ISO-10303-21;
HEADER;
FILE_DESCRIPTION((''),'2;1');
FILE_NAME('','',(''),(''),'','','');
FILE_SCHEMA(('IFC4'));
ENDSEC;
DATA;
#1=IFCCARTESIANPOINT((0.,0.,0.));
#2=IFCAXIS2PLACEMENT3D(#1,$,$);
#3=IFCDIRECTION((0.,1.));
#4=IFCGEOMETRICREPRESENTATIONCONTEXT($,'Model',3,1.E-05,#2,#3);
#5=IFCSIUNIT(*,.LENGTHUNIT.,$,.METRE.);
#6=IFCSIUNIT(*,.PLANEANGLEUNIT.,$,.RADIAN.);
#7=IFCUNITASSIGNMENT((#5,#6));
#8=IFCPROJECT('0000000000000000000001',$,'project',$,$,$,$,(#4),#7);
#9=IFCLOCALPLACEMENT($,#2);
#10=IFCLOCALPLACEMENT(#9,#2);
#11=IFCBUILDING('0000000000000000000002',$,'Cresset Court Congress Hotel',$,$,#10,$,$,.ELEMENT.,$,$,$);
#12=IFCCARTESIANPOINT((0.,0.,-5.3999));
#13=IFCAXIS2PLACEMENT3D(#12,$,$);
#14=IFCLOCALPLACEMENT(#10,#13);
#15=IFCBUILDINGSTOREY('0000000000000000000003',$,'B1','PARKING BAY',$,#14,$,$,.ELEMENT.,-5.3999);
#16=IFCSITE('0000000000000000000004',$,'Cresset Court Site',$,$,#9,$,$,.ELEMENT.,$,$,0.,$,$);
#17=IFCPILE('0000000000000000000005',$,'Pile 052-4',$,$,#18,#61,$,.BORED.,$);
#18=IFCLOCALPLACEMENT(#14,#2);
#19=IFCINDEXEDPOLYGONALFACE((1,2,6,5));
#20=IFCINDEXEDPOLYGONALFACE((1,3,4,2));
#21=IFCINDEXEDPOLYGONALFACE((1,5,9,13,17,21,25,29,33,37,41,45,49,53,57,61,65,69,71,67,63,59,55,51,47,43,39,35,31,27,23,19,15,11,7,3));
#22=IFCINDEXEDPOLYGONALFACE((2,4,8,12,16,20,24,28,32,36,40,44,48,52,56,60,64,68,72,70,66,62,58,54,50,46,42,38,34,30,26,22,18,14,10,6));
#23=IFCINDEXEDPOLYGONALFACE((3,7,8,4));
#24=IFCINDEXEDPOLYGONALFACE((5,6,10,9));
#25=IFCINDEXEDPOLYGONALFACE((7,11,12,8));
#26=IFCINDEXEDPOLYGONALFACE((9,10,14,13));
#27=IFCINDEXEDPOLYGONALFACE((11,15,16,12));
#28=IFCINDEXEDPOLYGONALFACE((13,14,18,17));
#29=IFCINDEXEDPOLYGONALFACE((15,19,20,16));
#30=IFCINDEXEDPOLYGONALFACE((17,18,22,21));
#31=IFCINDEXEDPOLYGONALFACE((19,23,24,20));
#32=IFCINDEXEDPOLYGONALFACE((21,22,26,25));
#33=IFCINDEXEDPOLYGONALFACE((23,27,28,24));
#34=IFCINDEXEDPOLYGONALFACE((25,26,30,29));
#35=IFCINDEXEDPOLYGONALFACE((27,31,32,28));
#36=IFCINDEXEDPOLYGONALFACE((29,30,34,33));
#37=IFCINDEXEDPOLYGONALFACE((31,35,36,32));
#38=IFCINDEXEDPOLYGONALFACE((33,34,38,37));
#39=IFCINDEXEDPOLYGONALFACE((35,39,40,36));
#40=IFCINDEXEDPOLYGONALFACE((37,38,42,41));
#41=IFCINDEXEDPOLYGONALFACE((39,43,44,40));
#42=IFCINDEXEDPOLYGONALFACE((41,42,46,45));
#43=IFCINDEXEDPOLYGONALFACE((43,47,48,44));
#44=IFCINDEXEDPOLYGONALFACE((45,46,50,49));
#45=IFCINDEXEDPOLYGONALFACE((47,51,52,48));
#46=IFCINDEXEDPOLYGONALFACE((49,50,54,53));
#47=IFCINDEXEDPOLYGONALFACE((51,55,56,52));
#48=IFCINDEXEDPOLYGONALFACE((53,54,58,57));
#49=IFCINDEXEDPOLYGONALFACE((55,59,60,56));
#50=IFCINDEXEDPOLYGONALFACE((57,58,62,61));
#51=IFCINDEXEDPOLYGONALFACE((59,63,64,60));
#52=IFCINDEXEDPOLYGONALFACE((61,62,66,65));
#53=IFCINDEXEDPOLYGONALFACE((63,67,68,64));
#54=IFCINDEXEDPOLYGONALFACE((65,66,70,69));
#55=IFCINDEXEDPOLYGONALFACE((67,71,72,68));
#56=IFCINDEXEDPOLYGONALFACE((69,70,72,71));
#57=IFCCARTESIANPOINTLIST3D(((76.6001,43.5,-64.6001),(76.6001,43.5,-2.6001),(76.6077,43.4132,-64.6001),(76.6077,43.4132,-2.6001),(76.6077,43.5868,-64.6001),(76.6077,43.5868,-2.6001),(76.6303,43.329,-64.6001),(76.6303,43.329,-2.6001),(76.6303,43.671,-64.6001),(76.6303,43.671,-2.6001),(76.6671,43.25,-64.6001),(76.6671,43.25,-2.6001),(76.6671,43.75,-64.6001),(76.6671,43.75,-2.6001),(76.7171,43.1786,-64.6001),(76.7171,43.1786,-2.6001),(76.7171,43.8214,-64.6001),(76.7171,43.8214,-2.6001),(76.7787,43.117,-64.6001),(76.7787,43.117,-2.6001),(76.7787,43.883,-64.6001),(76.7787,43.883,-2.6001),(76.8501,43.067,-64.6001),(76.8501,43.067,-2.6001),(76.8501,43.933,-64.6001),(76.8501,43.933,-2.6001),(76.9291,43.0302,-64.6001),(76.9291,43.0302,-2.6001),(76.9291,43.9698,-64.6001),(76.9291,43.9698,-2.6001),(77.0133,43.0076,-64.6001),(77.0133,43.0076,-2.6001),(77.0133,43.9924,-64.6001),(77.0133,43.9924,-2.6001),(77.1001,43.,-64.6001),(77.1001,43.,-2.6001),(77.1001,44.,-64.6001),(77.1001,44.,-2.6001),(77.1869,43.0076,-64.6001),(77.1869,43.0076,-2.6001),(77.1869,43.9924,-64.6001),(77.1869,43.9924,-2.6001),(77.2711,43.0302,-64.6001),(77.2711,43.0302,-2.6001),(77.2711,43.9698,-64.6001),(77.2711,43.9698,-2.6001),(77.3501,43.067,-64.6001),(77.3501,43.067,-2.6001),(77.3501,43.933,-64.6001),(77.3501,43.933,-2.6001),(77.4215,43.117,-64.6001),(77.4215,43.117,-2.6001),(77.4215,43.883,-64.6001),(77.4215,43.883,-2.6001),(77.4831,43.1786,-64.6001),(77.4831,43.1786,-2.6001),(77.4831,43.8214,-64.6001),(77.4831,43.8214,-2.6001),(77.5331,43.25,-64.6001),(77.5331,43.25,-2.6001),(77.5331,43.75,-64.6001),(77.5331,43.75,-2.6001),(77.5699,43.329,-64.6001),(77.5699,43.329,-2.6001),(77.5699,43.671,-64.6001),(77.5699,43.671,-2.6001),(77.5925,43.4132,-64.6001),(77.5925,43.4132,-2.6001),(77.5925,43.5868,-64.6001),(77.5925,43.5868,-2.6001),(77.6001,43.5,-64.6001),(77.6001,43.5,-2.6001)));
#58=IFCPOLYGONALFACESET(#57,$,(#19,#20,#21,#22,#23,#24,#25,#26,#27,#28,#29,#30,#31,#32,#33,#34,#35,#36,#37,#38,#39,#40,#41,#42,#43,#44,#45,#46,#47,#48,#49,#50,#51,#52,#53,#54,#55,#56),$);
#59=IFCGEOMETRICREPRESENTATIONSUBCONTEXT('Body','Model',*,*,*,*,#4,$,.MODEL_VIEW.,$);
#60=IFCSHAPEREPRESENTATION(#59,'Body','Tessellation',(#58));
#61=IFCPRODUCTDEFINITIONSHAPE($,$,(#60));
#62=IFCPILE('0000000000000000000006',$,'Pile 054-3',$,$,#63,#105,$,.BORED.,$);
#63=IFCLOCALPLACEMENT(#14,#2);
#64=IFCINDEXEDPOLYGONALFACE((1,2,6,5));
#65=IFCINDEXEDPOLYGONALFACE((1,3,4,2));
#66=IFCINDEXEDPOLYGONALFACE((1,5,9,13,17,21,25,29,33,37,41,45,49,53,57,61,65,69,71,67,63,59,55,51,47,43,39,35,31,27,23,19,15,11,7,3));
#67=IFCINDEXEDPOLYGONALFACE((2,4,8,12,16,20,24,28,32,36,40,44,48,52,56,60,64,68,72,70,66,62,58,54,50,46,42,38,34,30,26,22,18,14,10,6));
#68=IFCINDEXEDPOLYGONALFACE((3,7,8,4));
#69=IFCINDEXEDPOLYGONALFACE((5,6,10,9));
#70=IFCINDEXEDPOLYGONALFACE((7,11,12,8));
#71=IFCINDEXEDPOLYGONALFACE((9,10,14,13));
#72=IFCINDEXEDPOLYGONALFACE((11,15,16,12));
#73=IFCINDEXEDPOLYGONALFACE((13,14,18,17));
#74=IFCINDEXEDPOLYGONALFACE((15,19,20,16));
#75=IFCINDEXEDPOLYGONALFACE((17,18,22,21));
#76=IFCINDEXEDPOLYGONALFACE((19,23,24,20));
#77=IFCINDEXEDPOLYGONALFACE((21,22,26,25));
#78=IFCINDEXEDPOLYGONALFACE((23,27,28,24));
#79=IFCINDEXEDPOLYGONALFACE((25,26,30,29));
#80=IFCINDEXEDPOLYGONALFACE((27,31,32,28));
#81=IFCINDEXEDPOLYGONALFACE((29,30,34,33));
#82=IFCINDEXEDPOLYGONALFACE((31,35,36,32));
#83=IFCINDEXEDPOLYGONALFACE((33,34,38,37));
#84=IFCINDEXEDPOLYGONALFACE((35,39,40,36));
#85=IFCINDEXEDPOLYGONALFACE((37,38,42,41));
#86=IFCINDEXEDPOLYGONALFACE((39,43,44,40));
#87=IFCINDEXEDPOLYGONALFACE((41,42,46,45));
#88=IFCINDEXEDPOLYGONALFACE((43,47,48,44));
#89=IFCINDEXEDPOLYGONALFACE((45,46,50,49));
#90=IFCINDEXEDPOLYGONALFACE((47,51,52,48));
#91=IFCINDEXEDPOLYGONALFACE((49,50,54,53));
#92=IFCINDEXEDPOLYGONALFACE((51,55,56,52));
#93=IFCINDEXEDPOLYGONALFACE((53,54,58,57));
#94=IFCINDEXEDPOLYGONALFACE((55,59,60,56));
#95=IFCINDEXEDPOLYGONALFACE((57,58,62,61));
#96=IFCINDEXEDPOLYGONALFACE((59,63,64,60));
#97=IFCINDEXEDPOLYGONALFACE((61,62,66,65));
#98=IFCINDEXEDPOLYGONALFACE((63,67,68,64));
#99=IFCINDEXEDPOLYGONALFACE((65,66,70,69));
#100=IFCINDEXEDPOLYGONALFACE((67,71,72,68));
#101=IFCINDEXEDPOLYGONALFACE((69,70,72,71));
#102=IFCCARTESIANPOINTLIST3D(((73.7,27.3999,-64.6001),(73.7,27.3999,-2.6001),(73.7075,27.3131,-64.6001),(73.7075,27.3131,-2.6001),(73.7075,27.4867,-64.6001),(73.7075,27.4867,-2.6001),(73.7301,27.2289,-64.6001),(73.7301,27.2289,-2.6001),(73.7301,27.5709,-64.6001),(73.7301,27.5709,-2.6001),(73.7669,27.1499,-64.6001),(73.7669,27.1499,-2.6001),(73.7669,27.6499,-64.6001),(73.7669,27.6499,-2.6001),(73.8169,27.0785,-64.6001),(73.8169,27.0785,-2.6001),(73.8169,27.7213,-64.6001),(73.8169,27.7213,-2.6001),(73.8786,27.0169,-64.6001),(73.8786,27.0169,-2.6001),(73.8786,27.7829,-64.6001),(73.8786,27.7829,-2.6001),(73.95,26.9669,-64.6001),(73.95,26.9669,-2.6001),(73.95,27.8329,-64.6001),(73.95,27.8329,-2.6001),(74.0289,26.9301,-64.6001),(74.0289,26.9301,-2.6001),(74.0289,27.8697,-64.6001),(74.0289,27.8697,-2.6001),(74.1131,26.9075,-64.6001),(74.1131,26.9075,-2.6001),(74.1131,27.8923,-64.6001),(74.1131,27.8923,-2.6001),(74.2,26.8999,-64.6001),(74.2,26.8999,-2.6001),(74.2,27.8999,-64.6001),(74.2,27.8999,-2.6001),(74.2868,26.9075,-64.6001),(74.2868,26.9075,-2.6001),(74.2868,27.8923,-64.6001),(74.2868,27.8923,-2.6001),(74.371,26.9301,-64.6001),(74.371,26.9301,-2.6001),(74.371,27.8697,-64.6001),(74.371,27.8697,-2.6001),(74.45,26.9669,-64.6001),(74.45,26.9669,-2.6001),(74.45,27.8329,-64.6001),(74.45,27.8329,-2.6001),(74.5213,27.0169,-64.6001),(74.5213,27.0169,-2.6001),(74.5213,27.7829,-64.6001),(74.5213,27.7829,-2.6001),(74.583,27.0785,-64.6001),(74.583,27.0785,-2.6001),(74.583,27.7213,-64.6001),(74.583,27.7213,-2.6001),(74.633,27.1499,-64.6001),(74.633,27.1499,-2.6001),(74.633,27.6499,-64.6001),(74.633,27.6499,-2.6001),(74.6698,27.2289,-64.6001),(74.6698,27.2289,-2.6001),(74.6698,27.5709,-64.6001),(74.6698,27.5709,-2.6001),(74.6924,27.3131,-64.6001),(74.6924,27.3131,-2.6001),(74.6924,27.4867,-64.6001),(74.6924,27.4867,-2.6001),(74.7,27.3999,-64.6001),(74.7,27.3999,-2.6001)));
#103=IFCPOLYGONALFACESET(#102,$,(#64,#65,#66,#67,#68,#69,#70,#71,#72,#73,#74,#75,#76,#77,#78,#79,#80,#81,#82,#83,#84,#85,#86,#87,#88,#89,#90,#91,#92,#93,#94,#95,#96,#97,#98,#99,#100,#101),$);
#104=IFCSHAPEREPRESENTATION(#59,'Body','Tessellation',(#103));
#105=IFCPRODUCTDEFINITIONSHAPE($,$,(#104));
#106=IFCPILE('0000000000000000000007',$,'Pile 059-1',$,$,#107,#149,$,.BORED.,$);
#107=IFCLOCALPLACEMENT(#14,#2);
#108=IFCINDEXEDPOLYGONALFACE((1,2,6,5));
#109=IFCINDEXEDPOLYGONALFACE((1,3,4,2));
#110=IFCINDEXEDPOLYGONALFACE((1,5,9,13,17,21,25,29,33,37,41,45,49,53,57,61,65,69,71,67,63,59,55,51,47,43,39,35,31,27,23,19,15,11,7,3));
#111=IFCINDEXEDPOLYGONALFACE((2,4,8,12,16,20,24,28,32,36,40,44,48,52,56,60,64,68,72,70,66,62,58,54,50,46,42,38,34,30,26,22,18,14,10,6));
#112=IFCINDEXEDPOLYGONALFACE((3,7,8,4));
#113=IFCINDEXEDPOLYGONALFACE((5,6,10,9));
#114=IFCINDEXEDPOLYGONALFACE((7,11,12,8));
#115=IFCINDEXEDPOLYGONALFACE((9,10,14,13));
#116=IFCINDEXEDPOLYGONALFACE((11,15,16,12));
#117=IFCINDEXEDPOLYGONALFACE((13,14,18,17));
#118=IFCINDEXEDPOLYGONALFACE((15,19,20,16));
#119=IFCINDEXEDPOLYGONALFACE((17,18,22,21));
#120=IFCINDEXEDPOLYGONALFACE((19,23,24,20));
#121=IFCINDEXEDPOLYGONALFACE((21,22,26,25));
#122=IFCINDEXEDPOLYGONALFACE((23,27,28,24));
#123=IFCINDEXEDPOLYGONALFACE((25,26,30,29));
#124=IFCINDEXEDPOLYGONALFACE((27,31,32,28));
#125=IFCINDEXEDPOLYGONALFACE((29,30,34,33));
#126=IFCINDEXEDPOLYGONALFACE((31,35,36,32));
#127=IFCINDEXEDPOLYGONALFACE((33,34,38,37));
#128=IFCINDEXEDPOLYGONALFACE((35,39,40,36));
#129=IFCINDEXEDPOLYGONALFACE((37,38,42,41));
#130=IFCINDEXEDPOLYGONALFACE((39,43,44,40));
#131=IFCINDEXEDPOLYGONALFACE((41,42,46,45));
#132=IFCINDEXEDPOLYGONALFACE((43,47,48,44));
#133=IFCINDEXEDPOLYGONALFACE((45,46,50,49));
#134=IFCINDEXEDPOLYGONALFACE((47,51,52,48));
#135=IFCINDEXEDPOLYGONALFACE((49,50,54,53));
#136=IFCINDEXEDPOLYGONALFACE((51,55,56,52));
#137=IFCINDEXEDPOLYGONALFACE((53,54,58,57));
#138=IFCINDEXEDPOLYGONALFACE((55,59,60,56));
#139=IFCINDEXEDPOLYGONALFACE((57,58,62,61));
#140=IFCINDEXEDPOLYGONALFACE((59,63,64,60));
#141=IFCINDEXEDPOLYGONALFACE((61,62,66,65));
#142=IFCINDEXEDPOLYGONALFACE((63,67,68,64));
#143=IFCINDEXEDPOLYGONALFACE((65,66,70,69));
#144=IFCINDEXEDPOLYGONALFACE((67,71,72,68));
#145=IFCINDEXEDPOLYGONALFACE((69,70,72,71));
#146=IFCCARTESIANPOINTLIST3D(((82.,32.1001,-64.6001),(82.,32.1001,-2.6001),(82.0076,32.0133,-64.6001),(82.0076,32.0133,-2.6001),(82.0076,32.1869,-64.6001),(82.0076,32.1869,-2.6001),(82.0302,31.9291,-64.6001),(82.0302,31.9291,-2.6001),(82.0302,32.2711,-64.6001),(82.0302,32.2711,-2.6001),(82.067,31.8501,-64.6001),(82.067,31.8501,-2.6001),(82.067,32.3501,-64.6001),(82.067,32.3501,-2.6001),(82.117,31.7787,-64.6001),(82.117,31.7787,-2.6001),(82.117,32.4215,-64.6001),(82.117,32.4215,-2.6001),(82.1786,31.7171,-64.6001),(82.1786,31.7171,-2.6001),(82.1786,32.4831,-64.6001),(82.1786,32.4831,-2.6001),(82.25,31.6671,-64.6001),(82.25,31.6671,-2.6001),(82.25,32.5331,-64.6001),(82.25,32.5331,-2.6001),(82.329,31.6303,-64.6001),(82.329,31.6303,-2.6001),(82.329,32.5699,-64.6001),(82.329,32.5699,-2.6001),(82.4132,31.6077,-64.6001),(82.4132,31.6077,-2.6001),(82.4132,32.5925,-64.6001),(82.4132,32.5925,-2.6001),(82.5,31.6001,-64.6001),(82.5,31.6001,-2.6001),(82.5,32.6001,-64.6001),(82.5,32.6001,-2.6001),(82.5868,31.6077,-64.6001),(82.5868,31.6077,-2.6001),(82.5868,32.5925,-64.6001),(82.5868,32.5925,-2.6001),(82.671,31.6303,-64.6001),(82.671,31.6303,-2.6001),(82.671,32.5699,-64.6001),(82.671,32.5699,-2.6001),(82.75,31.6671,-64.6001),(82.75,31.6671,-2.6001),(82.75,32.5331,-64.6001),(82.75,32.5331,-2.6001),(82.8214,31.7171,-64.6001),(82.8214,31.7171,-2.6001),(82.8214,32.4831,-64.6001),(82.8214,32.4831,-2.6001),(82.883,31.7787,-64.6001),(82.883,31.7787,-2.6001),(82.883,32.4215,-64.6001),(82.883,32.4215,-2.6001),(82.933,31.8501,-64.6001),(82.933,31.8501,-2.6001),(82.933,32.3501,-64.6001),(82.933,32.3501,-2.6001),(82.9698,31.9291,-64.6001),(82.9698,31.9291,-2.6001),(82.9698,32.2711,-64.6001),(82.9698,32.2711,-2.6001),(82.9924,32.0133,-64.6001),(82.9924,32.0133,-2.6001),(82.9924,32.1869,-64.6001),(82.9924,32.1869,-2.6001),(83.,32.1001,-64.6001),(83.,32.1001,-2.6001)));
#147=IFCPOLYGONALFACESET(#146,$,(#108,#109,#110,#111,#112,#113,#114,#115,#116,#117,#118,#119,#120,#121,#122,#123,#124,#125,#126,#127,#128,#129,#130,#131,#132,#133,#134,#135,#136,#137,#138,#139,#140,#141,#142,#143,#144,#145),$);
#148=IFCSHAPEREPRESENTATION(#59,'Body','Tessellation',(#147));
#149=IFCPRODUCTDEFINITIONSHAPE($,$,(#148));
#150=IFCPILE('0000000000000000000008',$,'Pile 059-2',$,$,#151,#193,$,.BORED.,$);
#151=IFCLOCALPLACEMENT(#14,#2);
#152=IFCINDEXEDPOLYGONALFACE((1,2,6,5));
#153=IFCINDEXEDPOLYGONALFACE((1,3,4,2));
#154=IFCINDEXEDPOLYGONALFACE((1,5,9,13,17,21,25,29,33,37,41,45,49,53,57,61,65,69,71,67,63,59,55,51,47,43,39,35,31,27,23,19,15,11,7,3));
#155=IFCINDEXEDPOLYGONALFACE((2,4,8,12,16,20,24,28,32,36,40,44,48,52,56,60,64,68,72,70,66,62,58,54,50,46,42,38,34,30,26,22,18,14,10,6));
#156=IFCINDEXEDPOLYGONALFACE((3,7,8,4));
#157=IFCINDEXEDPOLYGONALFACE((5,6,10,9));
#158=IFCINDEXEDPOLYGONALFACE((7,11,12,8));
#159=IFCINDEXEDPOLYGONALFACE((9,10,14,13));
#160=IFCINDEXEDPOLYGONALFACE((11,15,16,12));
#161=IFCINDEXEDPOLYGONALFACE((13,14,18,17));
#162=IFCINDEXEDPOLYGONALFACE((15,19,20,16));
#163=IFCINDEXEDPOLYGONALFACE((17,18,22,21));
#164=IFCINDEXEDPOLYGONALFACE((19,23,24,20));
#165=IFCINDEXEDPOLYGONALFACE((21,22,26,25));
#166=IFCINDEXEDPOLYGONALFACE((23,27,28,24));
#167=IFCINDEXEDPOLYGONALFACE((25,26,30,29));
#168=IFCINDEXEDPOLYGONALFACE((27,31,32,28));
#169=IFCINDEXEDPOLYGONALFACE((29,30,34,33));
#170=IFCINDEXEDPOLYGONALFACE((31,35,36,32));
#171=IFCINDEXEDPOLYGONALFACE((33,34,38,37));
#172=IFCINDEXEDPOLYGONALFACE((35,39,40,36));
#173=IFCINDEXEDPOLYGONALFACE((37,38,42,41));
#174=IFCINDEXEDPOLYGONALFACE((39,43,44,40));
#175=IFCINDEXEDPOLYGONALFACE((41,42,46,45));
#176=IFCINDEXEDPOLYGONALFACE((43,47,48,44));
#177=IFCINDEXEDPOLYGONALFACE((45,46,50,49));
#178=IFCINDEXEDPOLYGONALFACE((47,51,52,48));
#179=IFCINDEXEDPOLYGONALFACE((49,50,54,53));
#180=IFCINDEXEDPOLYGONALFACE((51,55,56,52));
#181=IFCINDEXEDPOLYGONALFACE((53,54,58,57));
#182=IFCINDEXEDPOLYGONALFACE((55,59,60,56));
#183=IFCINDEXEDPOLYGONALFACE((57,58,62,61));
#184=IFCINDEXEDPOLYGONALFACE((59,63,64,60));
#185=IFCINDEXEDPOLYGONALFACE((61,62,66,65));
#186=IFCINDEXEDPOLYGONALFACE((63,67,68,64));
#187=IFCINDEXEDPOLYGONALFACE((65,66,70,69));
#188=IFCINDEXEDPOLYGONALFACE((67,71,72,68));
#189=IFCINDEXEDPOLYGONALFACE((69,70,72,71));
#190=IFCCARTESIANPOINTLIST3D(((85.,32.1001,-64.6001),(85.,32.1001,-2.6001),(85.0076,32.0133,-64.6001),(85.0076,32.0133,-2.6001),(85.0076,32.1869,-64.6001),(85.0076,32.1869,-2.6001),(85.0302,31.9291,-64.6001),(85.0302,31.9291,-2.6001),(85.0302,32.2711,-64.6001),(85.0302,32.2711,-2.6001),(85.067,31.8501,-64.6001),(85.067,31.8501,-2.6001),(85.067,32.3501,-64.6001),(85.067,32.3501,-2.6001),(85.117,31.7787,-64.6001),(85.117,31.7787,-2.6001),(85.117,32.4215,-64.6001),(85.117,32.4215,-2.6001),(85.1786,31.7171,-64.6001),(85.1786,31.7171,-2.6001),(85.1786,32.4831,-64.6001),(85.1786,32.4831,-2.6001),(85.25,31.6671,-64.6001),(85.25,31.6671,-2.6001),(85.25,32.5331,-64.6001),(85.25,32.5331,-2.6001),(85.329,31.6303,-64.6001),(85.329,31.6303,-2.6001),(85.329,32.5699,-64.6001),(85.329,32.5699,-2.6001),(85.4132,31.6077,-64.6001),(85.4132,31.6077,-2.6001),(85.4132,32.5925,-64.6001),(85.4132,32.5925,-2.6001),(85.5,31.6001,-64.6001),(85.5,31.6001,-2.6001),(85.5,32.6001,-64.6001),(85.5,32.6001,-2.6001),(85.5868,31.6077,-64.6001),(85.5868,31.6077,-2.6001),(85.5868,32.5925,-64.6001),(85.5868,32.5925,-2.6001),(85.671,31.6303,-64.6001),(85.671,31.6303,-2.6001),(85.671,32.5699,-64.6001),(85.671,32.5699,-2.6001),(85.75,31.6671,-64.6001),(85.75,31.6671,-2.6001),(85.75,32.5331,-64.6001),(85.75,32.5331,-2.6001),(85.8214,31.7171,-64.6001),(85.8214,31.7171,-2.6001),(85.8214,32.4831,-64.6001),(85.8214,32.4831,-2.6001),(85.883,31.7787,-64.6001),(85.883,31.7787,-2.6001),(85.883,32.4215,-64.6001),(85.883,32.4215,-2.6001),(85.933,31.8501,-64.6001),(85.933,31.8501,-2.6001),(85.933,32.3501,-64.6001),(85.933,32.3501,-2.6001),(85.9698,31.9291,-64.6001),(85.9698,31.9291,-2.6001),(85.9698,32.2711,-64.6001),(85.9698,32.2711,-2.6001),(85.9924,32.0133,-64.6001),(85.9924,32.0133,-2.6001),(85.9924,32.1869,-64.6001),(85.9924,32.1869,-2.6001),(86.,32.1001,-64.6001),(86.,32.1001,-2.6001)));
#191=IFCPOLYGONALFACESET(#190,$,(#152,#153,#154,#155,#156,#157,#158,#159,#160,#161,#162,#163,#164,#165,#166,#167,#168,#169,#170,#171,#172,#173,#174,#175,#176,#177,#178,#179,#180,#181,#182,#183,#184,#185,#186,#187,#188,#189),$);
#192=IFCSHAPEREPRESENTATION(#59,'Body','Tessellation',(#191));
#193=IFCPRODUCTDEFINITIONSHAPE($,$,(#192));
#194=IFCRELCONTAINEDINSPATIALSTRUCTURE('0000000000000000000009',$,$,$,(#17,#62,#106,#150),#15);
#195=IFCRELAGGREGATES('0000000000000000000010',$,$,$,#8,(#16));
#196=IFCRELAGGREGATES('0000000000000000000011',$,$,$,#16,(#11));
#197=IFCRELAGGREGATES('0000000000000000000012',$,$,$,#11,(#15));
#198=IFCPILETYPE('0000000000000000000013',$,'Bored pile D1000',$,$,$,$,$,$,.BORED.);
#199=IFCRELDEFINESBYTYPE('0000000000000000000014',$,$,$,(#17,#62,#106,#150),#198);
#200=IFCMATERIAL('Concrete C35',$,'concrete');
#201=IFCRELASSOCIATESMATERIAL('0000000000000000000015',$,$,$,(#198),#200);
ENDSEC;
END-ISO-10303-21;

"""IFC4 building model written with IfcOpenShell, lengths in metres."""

from ifc_helpers import new_model, si_unit, direction, frame, origin, origin_2d, place, context, subcontext, project, spatial, circle, extrude, material, type_object, element, save


model = new_model("IFC4")

# Units and contexts
model_context = context("Model", 3, precision=1e-05, world=origin(), true_north=direction((0.0, 1.0)))
body_context = subcontext(model_context, "Body", "Model", "MODEL_VIEW")
ifc_project = project(units=[si_unit("LENGTHUNIT", "METRE"), si_unit("PLANEANGLEUNIT", "RADIAN")], contexts=[model_context])

# Site, building, storey
site_placement = place(None, origin())
site = spatial("IfcSite", under=ifc_project, at=site_placement, Name="Cresset Court Site", CompositionType="ELEMENT", RefElevation=0.0)
building_placement = place(site_placement, origin())
building = spatial("IfcBuilding", under=site, at=building_placement, Name="Cresset Court Congress Hotel", CompositionType="ELEMENT")
storey_placement = place(building_placement, frame((0.0, 0.0, -5.3999)))
storey = spatial("IfcBuildingStorey", under=building, at=storey_placement, Name="B1", Description="PARKING BAY", CompositionType="ELEMENT", Elevation=-5.3999)

# Piles
ifc_material_1 = material(Name="Concrete C35", Category="concrete")
pile_type = type_object("IfcPileType", Name="Bored pile D1000", PredefinedType="BORED", material=ifc_material_1)
for number, where, z_axis, x_axis, name in (
    (1, (77.1001, 43.5, -2.6001), (0.0, 0.0, -1.0), (1.0, 0.0, 0.0), "Pile 052-4"),
    (2, (74.2, 27.3999, -2.6001), (0.0, 0.0, -1.0), (1.0, 0.0, 0.0), "Pile 054-3"),
    (3, (82.5, 32.1001, -2.6001), (0.0, 0.0, -1.0), (1.0, 0.0, 0.0), "Pile 059-1"),
    (4, (85.5, 32.1001, -2.6001), (0.0, 0.0, -1.0), (1.0, 0.0, 0.0), "Pile 059-2"),
):
    element("IfcPile", number, at=place(storey_placement, frame(where, z_axis=z_axis, x_axis=x_axis)), inside=storey, type_object=pile_type, Name=name, PredefinedType="BORED", context=body_context, shape_type="SweptSolid", body=[
        extrude(circle(Radius=0.5, at=origin_2d()), origin(), (0.0, 0.0, 1.0), 62.0),
    ])

save(model, "model.ifc")
